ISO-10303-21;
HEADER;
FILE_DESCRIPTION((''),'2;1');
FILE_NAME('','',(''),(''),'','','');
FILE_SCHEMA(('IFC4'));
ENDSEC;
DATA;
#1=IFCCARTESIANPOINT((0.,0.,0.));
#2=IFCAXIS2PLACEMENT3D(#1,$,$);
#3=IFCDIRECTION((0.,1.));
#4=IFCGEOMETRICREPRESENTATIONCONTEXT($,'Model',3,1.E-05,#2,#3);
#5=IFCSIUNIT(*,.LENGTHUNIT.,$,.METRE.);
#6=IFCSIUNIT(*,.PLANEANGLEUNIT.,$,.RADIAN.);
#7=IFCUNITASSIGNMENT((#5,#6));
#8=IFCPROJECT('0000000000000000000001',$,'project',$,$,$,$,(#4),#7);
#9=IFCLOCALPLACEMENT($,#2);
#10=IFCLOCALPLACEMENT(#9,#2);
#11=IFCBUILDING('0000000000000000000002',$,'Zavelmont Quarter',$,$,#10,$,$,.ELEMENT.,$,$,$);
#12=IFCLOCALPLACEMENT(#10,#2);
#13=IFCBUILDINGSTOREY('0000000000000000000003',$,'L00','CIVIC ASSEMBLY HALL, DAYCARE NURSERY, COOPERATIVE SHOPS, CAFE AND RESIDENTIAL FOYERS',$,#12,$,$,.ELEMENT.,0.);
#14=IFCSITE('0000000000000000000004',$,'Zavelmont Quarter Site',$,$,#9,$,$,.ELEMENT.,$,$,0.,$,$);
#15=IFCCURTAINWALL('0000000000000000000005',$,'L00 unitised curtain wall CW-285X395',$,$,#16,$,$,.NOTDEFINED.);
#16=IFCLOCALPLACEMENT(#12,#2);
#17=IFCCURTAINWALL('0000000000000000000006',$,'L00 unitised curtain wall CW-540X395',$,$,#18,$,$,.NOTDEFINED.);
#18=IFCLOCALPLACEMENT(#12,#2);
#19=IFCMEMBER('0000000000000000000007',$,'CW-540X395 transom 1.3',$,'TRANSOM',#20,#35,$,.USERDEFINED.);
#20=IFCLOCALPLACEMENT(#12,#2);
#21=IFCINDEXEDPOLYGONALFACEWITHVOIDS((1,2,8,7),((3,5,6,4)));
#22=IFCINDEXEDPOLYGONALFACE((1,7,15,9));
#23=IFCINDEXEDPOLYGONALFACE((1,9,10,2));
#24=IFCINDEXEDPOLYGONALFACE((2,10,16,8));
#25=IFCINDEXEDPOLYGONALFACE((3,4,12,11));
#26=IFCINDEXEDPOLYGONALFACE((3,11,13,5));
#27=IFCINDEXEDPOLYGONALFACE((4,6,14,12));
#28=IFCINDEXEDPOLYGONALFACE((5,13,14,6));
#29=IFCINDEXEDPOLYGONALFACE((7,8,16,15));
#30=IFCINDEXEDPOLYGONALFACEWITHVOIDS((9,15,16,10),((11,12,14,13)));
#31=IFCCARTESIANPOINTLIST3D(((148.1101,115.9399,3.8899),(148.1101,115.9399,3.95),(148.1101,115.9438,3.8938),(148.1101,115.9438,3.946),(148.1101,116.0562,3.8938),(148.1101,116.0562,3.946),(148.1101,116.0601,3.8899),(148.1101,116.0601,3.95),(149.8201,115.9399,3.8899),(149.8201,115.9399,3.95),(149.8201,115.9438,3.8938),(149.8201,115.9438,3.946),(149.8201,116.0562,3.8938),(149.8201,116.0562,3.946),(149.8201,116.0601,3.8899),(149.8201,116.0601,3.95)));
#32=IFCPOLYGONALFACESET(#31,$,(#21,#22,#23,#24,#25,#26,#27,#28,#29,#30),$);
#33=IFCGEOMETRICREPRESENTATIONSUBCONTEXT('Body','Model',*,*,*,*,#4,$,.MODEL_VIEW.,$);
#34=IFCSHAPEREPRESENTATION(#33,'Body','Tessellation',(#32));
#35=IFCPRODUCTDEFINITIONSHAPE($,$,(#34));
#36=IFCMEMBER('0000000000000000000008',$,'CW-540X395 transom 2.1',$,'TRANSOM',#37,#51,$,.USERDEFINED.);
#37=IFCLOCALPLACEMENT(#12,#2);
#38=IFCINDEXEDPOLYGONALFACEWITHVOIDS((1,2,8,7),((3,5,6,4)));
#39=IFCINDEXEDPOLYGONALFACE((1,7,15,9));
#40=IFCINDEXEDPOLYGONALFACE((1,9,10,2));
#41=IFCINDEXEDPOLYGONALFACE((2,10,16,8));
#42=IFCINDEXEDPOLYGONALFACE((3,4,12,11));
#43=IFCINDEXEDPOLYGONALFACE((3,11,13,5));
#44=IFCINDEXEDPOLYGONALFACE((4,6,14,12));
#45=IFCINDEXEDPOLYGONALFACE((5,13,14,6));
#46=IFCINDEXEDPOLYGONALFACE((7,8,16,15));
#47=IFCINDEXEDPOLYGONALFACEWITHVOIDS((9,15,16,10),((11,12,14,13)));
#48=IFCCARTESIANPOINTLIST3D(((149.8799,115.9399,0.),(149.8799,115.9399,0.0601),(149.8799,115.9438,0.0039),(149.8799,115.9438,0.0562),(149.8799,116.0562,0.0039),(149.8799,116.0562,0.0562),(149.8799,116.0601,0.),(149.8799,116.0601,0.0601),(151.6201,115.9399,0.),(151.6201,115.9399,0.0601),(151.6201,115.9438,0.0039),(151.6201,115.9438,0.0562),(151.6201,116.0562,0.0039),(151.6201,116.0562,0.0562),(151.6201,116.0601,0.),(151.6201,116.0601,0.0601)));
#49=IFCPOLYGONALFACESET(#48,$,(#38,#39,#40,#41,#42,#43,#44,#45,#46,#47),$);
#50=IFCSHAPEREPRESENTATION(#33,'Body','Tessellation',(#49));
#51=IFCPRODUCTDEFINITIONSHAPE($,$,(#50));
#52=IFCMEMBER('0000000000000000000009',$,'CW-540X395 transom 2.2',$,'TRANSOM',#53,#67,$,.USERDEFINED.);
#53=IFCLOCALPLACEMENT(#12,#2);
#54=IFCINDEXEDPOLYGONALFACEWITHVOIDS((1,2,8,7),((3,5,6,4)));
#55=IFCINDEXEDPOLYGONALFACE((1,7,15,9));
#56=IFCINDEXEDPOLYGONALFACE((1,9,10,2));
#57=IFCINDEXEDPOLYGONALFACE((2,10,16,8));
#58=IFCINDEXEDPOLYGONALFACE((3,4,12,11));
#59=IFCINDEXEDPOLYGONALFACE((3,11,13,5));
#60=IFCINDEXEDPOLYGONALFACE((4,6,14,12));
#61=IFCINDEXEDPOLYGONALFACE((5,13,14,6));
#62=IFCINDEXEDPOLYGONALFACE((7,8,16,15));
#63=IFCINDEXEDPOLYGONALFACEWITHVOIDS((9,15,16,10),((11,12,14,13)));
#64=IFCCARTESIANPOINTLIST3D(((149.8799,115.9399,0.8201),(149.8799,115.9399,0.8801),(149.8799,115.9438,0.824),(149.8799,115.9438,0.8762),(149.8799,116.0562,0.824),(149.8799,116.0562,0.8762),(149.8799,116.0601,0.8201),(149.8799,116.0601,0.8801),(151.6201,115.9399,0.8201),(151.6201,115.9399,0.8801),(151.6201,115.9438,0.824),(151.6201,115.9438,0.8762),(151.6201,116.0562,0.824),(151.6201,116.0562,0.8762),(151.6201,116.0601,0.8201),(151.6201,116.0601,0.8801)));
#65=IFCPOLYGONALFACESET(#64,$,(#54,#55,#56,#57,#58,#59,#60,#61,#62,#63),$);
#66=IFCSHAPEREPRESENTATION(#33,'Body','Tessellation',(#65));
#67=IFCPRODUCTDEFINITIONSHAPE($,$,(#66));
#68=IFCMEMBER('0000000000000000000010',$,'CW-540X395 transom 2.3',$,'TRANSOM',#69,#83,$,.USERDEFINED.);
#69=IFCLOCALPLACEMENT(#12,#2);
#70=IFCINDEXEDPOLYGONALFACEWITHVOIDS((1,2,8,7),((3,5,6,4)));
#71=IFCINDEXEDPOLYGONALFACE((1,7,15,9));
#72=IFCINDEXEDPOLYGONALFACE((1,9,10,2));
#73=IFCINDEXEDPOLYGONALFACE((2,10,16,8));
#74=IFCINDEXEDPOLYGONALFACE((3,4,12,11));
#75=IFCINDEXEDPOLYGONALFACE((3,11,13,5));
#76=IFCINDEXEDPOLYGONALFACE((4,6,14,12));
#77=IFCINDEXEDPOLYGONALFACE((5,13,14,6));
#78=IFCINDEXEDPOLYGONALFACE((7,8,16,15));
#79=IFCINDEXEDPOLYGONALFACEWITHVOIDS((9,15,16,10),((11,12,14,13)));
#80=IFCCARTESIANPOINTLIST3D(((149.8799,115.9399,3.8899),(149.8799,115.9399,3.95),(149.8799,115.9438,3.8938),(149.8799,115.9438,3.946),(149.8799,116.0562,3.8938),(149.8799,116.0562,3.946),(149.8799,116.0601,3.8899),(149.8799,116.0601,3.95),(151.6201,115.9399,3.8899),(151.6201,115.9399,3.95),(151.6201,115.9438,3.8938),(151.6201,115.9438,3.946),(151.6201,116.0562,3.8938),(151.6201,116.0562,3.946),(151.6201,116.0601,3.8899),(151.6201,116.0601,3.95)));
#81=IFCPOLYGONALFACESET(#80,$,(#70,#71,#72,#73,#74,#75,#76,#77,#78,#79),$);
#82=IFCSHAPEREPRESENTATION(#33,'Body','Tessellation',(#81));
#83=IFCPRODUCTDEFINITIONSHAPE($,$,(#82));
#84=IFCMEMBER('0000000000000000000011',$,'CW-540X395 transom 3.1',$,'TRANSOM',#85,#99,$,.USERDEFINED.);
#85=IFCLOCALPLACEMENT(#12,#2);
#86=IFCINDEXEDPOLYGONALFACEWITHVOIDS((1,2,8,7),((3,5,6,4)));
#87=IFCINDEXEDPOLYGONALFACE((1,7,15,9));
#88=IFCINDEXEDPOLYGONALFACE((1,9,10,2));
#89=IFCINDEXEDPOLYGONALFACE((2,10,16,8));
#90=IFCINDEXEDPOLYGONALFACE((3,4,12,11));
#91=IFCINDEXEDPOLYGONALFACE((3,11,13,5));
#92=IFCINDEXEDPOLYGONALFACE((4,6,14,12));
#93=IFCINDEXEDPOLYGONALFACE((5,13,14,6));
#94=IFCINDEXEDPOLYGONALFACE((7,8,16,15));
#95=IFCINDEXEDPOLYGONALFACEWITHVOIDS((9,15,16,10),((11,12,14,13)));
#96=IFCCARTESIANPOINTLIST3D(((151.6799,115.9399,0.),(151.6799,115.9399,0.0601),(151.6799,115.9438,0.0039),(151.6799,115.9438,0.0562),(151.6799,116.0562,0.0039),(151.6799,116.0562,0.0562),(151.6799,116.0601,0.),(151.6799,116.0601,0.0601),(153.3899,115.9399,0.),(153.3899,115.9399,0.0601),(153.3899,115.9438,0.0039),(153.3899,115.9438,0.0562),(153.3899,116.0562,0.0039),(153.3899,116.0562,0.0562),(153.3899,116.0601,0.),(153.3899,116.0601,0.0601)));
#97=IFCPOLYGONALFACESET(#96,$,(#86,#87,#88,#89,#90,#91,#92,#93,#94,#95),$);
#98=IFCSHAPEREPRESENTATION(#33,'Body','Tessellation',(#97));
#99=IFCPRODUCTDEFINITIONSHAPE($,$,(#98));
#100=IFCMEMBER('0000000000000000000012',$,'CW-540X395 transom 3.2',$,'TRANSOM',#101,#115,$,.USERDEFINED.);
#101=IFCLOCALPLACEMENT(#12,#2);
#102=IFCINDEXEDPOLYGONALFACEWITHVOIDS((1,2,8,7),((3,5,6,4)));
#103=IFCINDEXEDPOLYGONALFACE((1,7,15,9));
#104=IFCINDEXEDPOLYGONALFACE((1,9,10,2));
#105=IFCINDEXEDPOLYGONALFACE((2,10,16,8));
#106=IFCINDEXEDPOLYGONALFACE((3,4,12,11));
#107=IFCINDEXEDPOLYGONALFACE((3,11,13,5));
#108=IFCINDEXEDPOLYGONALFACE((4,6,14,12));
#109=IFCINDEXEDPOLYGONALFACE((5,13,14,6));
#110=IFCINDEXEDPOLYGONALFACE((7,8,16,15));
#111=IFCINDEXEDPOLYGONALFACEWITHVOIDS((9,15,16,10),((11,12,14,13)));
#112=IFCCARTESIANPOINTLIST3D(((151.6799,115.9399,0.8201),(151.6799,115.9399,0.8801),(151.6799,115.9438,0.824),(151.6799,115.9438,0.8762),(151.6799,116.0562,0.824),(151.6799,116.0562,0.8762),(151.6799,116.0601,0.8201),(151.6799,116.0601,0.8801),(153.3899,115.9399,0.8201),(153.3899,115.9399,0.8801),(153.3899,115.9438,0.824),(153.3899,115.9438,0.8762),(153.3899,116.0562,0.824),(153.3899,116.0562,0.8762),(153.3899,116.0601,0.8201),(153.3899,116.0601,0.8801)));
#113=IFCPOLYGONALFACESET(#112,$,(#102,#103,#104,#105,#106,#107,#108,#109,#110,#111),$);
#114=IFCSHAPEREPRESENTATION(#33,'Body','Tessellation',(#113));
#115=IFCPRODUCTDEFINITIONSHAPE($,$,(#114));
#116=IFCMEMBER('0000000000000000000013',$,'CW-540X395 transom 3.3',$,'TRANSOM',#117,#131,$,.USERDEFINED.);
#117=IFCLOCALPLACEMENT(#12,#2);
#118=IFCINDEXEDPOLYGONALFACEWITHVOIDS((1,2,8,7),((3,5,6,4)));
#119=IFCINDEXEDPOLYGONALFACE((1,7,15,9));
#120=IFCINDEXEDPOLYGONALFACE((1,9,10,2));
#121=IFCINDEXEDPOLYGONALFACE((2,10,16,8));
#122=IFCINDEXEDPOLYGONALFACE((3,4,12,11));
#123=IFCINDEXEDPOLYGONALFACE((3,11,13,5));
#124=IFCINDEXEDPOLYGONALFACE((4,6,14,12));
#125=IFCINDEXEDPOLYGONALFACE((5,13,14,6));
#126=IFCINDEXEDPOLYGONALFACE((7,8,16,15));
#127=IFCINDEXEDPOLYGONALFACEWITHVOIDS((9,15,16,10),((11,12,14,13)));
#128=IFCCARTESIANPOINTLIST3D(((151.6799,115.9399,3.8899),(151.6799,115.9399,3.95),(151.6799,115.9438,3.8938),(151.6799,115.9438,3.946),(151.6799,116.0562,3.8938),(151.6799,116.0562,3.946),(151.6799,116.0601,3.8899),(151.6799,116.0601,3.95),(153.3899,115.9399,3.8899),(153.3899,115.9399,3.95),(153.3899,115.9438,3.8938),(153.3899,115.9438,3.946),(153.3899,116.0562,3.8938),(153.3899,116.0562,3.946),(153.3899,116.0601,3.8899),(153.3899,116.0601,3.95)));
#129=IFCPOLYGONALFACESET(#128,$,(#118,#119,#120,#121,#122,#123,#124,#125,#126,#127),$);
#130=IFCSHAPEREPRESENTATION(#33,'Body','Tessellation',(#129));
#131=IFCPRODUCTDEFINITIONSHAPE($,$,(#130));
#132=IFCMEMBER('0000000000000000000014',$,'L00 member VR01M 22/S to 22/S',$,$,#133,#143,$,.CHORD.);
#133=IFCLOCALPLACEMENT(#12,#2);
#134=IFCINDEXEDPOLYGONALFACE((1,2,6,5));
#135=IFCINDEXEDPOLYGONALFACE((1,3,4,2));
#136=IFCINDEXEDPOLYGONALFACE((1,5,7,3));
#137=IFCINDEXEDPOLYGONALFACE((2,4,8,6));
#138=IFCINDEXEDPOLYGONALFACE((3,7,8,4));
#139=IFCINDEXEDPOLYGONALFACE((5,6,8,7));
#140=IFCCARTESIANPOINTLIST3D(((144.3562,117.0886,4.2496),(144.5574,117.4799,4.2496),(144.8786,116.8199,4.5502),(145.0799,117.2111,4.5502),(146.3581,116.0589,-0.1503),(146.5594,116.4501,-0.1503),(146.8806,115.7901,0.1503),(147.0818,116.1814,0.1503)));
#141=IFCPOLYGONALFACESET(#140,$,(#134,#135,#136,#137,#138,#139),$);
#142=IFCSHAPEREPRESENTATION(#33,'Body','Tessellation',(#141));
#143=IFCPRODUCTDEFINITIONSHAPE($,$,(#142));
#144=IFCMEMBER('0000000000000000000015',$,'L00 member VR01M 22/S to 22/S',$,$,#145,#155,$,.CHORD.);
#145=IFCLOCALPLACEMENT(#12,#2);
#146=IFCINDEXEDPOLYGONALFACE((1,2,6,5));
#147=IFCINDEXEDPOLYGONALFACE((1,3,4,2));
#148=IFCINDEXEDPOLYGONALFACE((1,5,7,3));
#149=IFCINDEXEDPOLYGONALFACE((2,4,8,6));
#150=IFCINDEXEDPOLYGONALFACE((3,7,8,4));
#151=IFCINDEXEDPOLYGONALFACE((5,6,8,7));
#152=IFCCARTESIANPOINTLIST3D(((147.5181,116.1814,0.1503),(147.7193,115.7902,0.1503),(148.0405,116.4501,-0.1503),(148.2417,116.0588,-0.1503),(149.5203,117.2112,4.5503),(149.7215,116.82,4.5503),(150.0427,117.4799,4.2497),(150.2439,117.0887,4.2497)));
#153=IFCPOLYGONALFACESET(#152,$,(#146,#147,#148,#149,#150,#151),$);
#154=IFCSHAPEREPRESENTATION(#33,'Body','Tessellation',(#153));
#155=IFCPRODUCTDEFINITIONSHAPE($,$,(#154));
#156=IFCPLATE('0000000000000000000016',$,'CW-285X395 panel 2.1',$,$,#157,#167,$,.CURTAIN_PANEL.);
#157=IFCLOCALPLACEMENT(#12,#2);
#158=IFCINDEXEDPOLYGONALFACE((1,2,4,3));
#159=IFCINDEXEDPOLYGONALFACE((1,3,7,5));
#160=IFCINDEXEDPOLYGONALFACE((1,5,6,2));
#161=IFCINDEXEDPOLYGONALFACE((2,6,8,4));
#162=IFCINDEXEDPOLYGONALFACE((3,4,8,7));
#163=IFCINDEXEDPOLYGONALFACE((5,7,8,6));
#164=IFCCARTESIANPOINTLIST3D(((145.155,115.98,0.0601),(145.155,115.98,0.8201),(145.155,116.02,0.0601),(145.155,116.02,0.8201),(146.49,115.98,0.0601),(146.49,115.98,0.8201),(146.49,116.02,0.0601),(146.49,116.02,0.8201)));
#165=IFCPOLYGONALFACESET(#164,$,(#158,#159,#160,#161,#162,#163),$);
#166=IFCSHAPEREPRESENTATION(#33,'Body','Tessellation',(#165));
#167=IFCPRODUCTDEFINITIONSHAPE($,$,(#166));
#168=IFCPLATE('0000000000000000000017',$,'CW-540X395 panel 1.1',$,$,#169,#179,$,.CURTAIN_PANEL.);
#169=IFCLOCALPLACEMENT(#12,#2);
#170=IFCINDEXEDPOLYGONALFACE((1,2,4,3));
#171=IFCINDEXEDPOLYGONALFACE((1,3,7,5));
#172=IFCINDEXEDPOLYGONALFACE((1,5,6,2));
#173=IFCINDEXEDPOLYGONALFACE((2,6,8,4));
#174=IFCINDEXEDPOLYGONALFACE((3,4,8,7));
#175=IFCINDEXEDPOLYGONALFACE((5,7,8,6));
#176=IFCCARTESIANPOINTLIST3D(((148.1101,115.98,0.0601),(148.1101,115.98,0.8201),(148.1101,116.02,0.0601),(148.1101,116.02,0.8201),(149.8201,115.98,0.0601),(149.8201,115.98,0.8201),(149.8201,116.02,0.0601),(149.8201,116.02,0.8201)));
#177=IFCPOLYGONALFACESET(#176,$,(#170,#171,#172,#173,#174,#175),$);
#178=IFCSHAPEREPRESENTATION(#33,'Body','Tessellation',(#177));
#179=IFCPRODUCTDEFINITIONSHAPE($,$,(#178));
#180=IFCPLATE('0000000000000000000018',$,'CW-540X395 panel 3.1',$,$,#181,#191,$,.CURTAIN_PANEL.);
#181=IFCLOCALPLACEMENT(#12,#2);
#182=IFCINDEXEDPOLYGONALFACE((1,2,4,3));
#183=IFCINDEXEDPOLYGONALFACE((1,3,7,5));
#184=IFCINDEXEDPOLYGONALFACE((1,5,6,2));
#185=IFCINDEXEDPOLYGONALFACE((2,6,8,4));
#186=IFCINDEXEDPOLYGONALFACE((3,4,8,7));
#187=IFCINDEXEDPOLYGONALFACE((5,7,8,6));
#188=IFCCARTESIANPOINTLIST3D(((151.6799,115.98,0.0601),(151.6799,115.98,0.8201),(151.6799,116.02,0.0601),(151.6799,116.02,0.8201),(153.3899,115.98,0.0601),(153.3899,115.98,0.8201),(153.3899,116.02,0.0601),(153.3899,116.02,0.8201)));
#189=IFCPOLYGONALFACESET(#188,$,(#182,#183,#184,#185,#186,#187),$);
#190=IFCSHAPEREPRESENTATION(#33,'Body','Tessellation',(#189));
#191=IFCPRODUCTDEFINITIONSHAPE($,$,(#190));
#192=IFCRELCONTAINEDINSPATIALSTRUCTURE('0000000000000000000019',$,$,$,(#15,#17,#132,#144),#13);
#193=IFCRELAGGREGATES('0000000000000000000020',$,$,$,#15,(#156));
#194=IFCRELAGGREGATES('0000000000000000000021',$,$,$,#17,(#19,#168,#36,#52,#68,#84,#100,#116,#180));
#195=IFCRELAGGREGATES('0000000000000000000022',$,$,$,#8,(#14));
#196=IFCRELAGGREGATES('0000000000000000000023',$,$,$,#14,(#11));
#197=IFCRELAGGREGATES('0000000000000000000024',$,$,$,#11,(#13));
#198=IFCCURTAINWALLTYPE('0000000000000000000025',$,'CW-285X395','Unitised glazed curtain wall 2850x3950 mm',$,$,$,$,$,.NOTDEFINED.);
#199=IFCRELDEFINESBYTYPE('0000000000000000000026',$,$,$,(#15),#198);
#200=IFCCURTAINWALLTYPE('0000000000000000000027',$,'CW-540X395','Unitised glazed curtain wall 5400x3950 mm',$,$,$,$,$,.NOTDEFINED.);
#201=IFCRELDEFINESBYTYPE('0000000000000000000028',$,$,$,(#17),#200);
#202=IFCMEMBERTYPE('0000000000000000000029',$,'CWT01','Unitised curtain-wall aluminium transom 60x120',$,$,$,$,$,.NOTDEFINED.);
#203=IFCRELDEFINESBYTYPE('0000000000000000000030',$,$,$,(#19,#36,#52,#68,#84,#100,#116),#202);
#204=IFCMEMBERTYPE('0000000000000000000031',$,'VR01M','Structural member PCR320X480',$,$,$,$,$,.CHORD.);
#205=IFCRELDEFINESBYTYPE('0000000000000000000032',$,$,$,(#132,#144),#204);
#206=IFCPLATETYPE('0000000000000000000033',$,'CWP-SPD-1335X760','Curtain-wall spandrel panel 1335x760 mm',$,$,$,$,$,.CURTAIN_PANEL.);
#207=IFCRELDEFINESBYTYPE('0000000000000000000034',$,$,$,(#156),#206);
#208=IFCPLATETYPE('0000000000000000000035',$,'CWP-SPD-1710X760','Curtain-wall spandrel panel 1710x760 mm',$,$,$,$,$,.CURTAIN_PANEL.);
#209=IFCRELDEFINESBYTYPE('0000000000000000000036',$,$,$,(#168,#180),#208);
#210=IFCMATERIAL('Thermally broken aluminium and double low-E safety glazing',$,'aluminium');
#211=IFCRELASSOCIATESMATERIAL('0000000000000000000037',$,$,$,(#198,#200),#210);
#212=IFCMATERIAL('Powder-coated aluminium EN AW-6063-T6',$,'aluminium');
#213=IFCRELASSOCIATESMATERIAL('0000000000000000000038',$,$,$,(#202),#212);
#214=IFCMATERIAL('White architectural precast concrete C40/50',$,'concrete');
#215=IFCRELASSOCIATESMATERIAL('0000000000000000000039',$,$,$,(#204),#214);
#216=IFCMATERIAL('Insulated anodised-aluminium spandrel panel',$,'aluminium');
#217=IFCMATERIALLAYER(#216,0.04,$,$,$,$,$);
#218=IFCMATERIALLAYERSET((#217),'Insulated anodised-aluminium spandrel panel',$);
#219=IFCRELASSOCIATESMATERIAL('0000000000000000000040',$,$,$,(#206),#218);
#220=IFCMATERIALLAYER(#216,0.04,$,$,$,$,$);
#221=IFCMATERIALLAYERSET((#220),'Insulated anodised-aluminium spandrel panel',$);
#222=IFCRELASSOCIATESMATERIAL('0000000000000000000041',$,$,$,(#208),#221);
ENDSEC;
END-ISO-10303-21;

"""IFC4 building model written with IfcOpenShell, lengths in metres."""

from ifc_helpers import new_model, si_unit, direction, frame, origin, origin_2d, place, context, subcontext, project, spatial, rectangle, hollow_rectangle, extrude, material, layer, layer_set, material_profile, profile_set, type_object, element, aggregate, save


model = new_model("IFC4")

# Units and contexts
model_context = context("Model", 3, precision=1e-05, world=origin(), true_north=direction((0.0, 1.0)))
body_context = subcontext(model_context, "Body", "Model", "MODEL_VIEW")
ifc_project = project(units=[si_unit("LENGTHUNIT", "METRE"), si_unit("PLANEANGLEUNIT", "RADIAN")], contexts=[model_context])

# Site, building, storey
site_placement = place(None, origin())
site = spatial("IfcSite", under=ifc_project, at=site_placement, Name="Zavelmont Quarter Site", CompositionType="ELEMENT", RefElevation=0.0)
building_placement = place(site_placement, origin())
building = spatial("IfcBuilding", under=site, at=building_placement, Name="Zavelmont Quarter", CompositionType="ELEMENT")
storey_placement = place(building_placement, origin())
storey = spatial("IfcBuildingStorey", under=building, at=storey_placement, Name="L00", Description="CIVIC ASSEMBLY HALL, DAYCARE NURSERY, COOPERATIVE SHOPS, CAFE AND RESIDENTIAL FOYERS", CompositionType="ELEMENT", Elevation=0.0)

# Curtain walls
ifc_material_1 = material(Name="Thermally broken aluminium and double low-E safety glazing", Category="aluminium")
curtain_wall_type_1 = type_object("IfcCurtainWallType", Name="CW-285X395", Description="Unitised glazed curtain wall 2850x3950 mm", PredefinedType="NOTDEFINED", material=ifc_material_1)
curtain_wall_1_placement = place(storey_placement, origin())
curtain_wall_1 = element("IfcCurtainWall", 1, at=curtain_wall_1_placement, inside=storey, type_object=curtain_wall_type_1, Name="L00 unitised curtain wall CW-285X395", PredefinedType="NOTDEFINED")
ifc_material_2 = material(Name="Powder-coated aluminium EN AW-6063-T6", Category="aluminium")
curtain_wall_type_2 = type_object("IfcCurtainWallType", Name="CW-540X395", Description="Unitised glazed curtain wall 5400x3950 mm", PredefinedType="NOTDEFINED", material=ifc_material_1)
curtain_wall_2_placement = place(storey_placement, origin())
curtain_wall_2 = element("IfcCurtainWall", 2, at=curtain_wall_2_placement, inside=storey, type_object=curtain_wall_type_2, Name="L00 unitised curtain wall CW-540X395", PredefinedType="NOTDEFINED")

# Members
ifc_material_profile_1 = material_profile(ifc_material_2, hollow_rectangle(XDim=0.1201, YDim=0.0601, WallThickness=0.0039, at=origin_2d()), Name="CWT60X120")
ifc_profile_set_1 = profile_set([ifc_material_profile_1], Name="Powder-coated aluminium EN AW-6063-T6")
member_type_1 = type_object("IfcMemberType", Name="CWT01", Description="Unitised curtain-wall aluminium transom 60x120", PredefinedType="NOTDEFINED", material=ifc_profile_set_1)
member_1_placement = place(storey_placement, frame((148.1101, 116.0, 3.9199), z_axis=(1.0, 0.0, 0.0), x_axis=(0.0, 1.0, 0.0)))
member_1 = element("IfcMember", 3, at=member_1_placement, type_object=member_type_1, Name="CW-540X395 transom 1.3", ObjectType="TRANSOM", PredefinedType="USERDEFINED", context=body_context, shape_type="SweptSolid", body=[
    extrude(hollow_rectangle(XDim=0.1201, YDim=0.0601, WallThickness=0.0039, at=origin_2d()), origin(), (0.0, 0.0, 1.0), 1.71),
])
member_2_placement = place(storey_placement, frame((149.8799, 116.0, 0.03), z_axis=(1.0, 0.0, 0.0), x_axis=(0.0, 1.0, 0.0)))
member_2 = element("IfcMember", 4, at=member_2_placement, type_object=member_type_1, Name="CW-540X395 transom 2.1", ObjectType="TRANSOM", PredefinedType="USERDEFINED", context=body_context, shape_type="SweptSolid", body=[
    extrude(hollow_rectangle(XDim=0.1201, YDim=0.0601, WallThickness=0.0039, at=origin_2d()), origin(), (0.0, 0.0, 1.0), 1.7402),
])
member_3_placement = place(storey_placement, frame((149.8799, 116.0, 0.8501), z_axis=(1.0, 0.0, 0.0), x_axis=(0.0, 1.0, 0.0)))
member_3 = element("IfcMember", 5, at=member_3_placement, type_object=member_type_1, Name="CW-540X395 transom 2.2", ObjectType="TRANSOM", PredefinedType="USERDEFINED", context=body_context, shape_type="SweptSolid", body=[
    extrude(hollow_rectangle(XDim=0.1201, YDim=0.0601, WallThickness=0.0039, at=origin_2d()), origin(), (0.0, 0.0, 1.0), 1.7402),
])
member_4_placement = place(storey_placement, frame((149.8799, 116.0, 3.9199), z_axis=(1.0, 0.0, 0.0), x_axis=(0.0, 1.0, 0.0)))
member_4 = element("IfcMember", 6, at=member_4_placement, type_object=member_type_1, Name="CW-540X395 transom 2.3", ObjectType="TRANSOM", PredefinedType="USERDEFINED", context=body_context, shape_type="SweptSolid", body=[
    extrude(hollow_rectangle(XDim=0.1201, YDim=0.0601, WallThickness=0.0039, at=origin_2d()), origin(), (0.0, 0.0, 1.0), 1.7402),
])
member_5_placement = place(storey_placement, frame((151.6799, 116.0, 0.03), z_axis=(1.0, 0.0, 0.0), x_axis=(0.0, 1.0, 0.0)))
member_5 = element("IfcMember", 7, at=member_5_placement, type_object=member_type_1, Name="CW-540X395 transom 3.1", ObjectType="TRANSOM", PredefinedType="USERDEFINED", context=body_context, shape_type="SweptSolid", body=[
    extrude(hollow_rectangle(XDim=0.1201, YDim=0.0601, WallThickness=0.0039, at=origin_2d()), origin(), (0.0, 0.0, 1.0), 1.71),
])
member_6_placement = place(storey_placement, frame((151.6799, 116.0, 0.8501), z_axis=(1.0, 0.0, 0.0), x_axis=(0.0, 1.0, 0.0)))
member_6 = element("IfcMember", 8, at=member_6_placement, type_object=member_type_1, Name="CW-540X395 transom 3.2", ObjectType="TRANSOM", PredefinedType="USERDEFINED", context=body_context, shape_type="SweptSolid", body=[
    extrude(hollow_rectangle(XDim=0.1201, YDim=0.0601, WallThickness=0.0039, at=origin_2d()), origin(), (0.0, 0.0, 1.0), 1.71),
])
member_7_placement = place(storey_placement, frame((151.6799, 116.0, 3.9199), z_axis=(1.0, 0.0, 0.0), x_axis=(0.0, 1.0, 0.0)))
member_7 = element("IfcMember", 9, at=member_7_placement, type_object=member_type_1, Name="CW-540X395 transom 3.3", ObjectType="TRANSOM", PredefinedType="USERDEFINED", context=body_context, shape_type="SweptSolid", body=[
    extrude(hollow_rectangle(XDim=0.1201, YDim=0.0601, WallThickness=0.0039, at=origin_2d()), origin(), (0.0, 0.0, 1.0), 1.71),
])

# Members
ifc_material_3 = material(Name="White architectural precast concrete C40/50", Category="concrete")
ifc_material_profile_2 = material_profile(ifc_material_3, rectangle(XDim=0.4399, YDim=0.6599, at=origin_2d()), Name="PCR320X480")
ifc_profile_set_2 = profile_set([ifc_material_profile_2], Name="White architectural precast concrete C40/50")
member_type_2 = type_object("IfcMemberType", Name="VR01M", Description="Structural member PCR320X480", PredefinedType="CHORD", material=ifc_profile_set_2)
member_8_placement = place(storey_placement, frame((146.72, 116.1201, 0.0), z_axis=(-0.405056, 0.208357, 0.890234), x_axis=(-0.457422, -0.88925, 0.0)))
element("IfcMember", 10, at=member_8_placement, inside=storey, type_object=member_type_2, Name="L00 member VR01M 22/S to 22/S", PredefinedType="CHORD", context=body_context, shape_type="SweptSolid", body=[
    extrude(rectangle(XDim=0.4399, YDim=0.6599, at=origin_2d()), origin(), (0.0, 0.0, 1.0), 4.9424),
])
member_9_placement = place(storey_placement, frame((147.8799, 116.1201, 0.0), z_axis=(0.405097, 0.208353, 0.890216), x_axis=(-0.457377, 0.889273, 0.0)))
element("IfcMember", 11, at=member_9_placement, inside=storey, type_object=member_type_2, Name="L00 member VR01M 22/S to 22/S", PredefinedType="CHORD", context=body_context, shape_type="SweptSolid", body=[
    extrude(rectangle(XDim=0.4399, YDim=0.6599, at=origin_2d()), origin(), (0.0, 0.0, 1.0), 4.9426),
])

# Plates
ifc_material_4 = material(Name="Insulated anodised-aluminium spandrel panel", Category="aluminium")
ifc_layer_1 = layer(ifc_material_4, 0.04)
ifc_layer_set_1 = layer_set([ifc_layer_1], Name="Insulated anodised-aluminium spandrel panel")
plate_type_1 = type_object("IfcPlateType", Name="CWP-SPD-1335X760", Description="Curtain-wall spandrel panel 1335x760 mm", PredefinedType="CURTAIN_PANEL", material=ifc_layer_set_1)
plate_1_placement = place(storey_placement, frame((145.8225, 116.0, 0.0601), z_axis=(0.0, 0.0, 1.0), x_axis=(1.0, 0.0, 0.0)))
plate_1 = element("IfcPlate", 12, at=plate_1_placement, type_object=plate_type_1, Name="CW-285X395 panel 2.1", PredefinedType="CURTAIN_PANEL", context=body_context, shape_type="SweptSolid", body=[
    extrude(rectangle(XDim=1.335, YDim=0.04, at=origin_2d()), origin(), (0.0, 0.0, 1.0), 0.76),
])
ifc_layer_2 = layer(ifc_material_4, 0.04)
ifc_layer_set_2 = layer_set([ifc_layer_2], Name="Insulated anodised-aluminium spandrel panel")
plate_type_2 = type_object("IfcPlateType", Name="CWP-SPD-1710X760", Description="Curtain-wall spandrel panel 1710x760 mm", PredefinedType="CURTAIN_PANEL", material=ifc_layer_set_2)
plate_2_placement = place(storey_placement, frame((148.9651, 116.0, 0.0601), z_axis=(0.0, 0.0, 1.0), x_axis=(1.0, 0.0, 0.0)))
plate_2 = element("IfcPlate", 13, at=plate_2_placement, type_object=plate_type_2, Name="CW-540X395 panel 1.1", PredefinedType="CURTAIN_PANEL", context=body_context, shape_type="SweptSolid", body=[
    extrude(rectangle(XDim=1.71, YDim=0.04, at=origin_2d()), origin(), (0.0, 0.0, 1.0), 0.76),
])
plate_3_placement = place(storey_placement, frame((152.5349, 116.0, 0.0601), z_axis=(0.0, 0.0, 1.0), x_axis=(1.0, 0.0, 0.0)))
plate_3 = element("IfcPlate", 14, at=plate_3_placement, type_object=plate_type_2, Name="CW-540X395 panel 3.1", PredefinedType="CURTAIN_PANEL", context=body_context, shape_type="SweptSolid", body=[
    extrude(rectangle(XDim=1.71, YDim=0.04, at=origin_2d()), origin(), (0.0, 0.0, 1.0), 0.76),
])
aggregate(curtain_wall_1, [plate_1])
aggregate(curtain_wall_2, [member_1, plate_2, member_2, member_3, member_4, member_5, member_6, member_7, plate_3])

save(model, "model.ifc")
